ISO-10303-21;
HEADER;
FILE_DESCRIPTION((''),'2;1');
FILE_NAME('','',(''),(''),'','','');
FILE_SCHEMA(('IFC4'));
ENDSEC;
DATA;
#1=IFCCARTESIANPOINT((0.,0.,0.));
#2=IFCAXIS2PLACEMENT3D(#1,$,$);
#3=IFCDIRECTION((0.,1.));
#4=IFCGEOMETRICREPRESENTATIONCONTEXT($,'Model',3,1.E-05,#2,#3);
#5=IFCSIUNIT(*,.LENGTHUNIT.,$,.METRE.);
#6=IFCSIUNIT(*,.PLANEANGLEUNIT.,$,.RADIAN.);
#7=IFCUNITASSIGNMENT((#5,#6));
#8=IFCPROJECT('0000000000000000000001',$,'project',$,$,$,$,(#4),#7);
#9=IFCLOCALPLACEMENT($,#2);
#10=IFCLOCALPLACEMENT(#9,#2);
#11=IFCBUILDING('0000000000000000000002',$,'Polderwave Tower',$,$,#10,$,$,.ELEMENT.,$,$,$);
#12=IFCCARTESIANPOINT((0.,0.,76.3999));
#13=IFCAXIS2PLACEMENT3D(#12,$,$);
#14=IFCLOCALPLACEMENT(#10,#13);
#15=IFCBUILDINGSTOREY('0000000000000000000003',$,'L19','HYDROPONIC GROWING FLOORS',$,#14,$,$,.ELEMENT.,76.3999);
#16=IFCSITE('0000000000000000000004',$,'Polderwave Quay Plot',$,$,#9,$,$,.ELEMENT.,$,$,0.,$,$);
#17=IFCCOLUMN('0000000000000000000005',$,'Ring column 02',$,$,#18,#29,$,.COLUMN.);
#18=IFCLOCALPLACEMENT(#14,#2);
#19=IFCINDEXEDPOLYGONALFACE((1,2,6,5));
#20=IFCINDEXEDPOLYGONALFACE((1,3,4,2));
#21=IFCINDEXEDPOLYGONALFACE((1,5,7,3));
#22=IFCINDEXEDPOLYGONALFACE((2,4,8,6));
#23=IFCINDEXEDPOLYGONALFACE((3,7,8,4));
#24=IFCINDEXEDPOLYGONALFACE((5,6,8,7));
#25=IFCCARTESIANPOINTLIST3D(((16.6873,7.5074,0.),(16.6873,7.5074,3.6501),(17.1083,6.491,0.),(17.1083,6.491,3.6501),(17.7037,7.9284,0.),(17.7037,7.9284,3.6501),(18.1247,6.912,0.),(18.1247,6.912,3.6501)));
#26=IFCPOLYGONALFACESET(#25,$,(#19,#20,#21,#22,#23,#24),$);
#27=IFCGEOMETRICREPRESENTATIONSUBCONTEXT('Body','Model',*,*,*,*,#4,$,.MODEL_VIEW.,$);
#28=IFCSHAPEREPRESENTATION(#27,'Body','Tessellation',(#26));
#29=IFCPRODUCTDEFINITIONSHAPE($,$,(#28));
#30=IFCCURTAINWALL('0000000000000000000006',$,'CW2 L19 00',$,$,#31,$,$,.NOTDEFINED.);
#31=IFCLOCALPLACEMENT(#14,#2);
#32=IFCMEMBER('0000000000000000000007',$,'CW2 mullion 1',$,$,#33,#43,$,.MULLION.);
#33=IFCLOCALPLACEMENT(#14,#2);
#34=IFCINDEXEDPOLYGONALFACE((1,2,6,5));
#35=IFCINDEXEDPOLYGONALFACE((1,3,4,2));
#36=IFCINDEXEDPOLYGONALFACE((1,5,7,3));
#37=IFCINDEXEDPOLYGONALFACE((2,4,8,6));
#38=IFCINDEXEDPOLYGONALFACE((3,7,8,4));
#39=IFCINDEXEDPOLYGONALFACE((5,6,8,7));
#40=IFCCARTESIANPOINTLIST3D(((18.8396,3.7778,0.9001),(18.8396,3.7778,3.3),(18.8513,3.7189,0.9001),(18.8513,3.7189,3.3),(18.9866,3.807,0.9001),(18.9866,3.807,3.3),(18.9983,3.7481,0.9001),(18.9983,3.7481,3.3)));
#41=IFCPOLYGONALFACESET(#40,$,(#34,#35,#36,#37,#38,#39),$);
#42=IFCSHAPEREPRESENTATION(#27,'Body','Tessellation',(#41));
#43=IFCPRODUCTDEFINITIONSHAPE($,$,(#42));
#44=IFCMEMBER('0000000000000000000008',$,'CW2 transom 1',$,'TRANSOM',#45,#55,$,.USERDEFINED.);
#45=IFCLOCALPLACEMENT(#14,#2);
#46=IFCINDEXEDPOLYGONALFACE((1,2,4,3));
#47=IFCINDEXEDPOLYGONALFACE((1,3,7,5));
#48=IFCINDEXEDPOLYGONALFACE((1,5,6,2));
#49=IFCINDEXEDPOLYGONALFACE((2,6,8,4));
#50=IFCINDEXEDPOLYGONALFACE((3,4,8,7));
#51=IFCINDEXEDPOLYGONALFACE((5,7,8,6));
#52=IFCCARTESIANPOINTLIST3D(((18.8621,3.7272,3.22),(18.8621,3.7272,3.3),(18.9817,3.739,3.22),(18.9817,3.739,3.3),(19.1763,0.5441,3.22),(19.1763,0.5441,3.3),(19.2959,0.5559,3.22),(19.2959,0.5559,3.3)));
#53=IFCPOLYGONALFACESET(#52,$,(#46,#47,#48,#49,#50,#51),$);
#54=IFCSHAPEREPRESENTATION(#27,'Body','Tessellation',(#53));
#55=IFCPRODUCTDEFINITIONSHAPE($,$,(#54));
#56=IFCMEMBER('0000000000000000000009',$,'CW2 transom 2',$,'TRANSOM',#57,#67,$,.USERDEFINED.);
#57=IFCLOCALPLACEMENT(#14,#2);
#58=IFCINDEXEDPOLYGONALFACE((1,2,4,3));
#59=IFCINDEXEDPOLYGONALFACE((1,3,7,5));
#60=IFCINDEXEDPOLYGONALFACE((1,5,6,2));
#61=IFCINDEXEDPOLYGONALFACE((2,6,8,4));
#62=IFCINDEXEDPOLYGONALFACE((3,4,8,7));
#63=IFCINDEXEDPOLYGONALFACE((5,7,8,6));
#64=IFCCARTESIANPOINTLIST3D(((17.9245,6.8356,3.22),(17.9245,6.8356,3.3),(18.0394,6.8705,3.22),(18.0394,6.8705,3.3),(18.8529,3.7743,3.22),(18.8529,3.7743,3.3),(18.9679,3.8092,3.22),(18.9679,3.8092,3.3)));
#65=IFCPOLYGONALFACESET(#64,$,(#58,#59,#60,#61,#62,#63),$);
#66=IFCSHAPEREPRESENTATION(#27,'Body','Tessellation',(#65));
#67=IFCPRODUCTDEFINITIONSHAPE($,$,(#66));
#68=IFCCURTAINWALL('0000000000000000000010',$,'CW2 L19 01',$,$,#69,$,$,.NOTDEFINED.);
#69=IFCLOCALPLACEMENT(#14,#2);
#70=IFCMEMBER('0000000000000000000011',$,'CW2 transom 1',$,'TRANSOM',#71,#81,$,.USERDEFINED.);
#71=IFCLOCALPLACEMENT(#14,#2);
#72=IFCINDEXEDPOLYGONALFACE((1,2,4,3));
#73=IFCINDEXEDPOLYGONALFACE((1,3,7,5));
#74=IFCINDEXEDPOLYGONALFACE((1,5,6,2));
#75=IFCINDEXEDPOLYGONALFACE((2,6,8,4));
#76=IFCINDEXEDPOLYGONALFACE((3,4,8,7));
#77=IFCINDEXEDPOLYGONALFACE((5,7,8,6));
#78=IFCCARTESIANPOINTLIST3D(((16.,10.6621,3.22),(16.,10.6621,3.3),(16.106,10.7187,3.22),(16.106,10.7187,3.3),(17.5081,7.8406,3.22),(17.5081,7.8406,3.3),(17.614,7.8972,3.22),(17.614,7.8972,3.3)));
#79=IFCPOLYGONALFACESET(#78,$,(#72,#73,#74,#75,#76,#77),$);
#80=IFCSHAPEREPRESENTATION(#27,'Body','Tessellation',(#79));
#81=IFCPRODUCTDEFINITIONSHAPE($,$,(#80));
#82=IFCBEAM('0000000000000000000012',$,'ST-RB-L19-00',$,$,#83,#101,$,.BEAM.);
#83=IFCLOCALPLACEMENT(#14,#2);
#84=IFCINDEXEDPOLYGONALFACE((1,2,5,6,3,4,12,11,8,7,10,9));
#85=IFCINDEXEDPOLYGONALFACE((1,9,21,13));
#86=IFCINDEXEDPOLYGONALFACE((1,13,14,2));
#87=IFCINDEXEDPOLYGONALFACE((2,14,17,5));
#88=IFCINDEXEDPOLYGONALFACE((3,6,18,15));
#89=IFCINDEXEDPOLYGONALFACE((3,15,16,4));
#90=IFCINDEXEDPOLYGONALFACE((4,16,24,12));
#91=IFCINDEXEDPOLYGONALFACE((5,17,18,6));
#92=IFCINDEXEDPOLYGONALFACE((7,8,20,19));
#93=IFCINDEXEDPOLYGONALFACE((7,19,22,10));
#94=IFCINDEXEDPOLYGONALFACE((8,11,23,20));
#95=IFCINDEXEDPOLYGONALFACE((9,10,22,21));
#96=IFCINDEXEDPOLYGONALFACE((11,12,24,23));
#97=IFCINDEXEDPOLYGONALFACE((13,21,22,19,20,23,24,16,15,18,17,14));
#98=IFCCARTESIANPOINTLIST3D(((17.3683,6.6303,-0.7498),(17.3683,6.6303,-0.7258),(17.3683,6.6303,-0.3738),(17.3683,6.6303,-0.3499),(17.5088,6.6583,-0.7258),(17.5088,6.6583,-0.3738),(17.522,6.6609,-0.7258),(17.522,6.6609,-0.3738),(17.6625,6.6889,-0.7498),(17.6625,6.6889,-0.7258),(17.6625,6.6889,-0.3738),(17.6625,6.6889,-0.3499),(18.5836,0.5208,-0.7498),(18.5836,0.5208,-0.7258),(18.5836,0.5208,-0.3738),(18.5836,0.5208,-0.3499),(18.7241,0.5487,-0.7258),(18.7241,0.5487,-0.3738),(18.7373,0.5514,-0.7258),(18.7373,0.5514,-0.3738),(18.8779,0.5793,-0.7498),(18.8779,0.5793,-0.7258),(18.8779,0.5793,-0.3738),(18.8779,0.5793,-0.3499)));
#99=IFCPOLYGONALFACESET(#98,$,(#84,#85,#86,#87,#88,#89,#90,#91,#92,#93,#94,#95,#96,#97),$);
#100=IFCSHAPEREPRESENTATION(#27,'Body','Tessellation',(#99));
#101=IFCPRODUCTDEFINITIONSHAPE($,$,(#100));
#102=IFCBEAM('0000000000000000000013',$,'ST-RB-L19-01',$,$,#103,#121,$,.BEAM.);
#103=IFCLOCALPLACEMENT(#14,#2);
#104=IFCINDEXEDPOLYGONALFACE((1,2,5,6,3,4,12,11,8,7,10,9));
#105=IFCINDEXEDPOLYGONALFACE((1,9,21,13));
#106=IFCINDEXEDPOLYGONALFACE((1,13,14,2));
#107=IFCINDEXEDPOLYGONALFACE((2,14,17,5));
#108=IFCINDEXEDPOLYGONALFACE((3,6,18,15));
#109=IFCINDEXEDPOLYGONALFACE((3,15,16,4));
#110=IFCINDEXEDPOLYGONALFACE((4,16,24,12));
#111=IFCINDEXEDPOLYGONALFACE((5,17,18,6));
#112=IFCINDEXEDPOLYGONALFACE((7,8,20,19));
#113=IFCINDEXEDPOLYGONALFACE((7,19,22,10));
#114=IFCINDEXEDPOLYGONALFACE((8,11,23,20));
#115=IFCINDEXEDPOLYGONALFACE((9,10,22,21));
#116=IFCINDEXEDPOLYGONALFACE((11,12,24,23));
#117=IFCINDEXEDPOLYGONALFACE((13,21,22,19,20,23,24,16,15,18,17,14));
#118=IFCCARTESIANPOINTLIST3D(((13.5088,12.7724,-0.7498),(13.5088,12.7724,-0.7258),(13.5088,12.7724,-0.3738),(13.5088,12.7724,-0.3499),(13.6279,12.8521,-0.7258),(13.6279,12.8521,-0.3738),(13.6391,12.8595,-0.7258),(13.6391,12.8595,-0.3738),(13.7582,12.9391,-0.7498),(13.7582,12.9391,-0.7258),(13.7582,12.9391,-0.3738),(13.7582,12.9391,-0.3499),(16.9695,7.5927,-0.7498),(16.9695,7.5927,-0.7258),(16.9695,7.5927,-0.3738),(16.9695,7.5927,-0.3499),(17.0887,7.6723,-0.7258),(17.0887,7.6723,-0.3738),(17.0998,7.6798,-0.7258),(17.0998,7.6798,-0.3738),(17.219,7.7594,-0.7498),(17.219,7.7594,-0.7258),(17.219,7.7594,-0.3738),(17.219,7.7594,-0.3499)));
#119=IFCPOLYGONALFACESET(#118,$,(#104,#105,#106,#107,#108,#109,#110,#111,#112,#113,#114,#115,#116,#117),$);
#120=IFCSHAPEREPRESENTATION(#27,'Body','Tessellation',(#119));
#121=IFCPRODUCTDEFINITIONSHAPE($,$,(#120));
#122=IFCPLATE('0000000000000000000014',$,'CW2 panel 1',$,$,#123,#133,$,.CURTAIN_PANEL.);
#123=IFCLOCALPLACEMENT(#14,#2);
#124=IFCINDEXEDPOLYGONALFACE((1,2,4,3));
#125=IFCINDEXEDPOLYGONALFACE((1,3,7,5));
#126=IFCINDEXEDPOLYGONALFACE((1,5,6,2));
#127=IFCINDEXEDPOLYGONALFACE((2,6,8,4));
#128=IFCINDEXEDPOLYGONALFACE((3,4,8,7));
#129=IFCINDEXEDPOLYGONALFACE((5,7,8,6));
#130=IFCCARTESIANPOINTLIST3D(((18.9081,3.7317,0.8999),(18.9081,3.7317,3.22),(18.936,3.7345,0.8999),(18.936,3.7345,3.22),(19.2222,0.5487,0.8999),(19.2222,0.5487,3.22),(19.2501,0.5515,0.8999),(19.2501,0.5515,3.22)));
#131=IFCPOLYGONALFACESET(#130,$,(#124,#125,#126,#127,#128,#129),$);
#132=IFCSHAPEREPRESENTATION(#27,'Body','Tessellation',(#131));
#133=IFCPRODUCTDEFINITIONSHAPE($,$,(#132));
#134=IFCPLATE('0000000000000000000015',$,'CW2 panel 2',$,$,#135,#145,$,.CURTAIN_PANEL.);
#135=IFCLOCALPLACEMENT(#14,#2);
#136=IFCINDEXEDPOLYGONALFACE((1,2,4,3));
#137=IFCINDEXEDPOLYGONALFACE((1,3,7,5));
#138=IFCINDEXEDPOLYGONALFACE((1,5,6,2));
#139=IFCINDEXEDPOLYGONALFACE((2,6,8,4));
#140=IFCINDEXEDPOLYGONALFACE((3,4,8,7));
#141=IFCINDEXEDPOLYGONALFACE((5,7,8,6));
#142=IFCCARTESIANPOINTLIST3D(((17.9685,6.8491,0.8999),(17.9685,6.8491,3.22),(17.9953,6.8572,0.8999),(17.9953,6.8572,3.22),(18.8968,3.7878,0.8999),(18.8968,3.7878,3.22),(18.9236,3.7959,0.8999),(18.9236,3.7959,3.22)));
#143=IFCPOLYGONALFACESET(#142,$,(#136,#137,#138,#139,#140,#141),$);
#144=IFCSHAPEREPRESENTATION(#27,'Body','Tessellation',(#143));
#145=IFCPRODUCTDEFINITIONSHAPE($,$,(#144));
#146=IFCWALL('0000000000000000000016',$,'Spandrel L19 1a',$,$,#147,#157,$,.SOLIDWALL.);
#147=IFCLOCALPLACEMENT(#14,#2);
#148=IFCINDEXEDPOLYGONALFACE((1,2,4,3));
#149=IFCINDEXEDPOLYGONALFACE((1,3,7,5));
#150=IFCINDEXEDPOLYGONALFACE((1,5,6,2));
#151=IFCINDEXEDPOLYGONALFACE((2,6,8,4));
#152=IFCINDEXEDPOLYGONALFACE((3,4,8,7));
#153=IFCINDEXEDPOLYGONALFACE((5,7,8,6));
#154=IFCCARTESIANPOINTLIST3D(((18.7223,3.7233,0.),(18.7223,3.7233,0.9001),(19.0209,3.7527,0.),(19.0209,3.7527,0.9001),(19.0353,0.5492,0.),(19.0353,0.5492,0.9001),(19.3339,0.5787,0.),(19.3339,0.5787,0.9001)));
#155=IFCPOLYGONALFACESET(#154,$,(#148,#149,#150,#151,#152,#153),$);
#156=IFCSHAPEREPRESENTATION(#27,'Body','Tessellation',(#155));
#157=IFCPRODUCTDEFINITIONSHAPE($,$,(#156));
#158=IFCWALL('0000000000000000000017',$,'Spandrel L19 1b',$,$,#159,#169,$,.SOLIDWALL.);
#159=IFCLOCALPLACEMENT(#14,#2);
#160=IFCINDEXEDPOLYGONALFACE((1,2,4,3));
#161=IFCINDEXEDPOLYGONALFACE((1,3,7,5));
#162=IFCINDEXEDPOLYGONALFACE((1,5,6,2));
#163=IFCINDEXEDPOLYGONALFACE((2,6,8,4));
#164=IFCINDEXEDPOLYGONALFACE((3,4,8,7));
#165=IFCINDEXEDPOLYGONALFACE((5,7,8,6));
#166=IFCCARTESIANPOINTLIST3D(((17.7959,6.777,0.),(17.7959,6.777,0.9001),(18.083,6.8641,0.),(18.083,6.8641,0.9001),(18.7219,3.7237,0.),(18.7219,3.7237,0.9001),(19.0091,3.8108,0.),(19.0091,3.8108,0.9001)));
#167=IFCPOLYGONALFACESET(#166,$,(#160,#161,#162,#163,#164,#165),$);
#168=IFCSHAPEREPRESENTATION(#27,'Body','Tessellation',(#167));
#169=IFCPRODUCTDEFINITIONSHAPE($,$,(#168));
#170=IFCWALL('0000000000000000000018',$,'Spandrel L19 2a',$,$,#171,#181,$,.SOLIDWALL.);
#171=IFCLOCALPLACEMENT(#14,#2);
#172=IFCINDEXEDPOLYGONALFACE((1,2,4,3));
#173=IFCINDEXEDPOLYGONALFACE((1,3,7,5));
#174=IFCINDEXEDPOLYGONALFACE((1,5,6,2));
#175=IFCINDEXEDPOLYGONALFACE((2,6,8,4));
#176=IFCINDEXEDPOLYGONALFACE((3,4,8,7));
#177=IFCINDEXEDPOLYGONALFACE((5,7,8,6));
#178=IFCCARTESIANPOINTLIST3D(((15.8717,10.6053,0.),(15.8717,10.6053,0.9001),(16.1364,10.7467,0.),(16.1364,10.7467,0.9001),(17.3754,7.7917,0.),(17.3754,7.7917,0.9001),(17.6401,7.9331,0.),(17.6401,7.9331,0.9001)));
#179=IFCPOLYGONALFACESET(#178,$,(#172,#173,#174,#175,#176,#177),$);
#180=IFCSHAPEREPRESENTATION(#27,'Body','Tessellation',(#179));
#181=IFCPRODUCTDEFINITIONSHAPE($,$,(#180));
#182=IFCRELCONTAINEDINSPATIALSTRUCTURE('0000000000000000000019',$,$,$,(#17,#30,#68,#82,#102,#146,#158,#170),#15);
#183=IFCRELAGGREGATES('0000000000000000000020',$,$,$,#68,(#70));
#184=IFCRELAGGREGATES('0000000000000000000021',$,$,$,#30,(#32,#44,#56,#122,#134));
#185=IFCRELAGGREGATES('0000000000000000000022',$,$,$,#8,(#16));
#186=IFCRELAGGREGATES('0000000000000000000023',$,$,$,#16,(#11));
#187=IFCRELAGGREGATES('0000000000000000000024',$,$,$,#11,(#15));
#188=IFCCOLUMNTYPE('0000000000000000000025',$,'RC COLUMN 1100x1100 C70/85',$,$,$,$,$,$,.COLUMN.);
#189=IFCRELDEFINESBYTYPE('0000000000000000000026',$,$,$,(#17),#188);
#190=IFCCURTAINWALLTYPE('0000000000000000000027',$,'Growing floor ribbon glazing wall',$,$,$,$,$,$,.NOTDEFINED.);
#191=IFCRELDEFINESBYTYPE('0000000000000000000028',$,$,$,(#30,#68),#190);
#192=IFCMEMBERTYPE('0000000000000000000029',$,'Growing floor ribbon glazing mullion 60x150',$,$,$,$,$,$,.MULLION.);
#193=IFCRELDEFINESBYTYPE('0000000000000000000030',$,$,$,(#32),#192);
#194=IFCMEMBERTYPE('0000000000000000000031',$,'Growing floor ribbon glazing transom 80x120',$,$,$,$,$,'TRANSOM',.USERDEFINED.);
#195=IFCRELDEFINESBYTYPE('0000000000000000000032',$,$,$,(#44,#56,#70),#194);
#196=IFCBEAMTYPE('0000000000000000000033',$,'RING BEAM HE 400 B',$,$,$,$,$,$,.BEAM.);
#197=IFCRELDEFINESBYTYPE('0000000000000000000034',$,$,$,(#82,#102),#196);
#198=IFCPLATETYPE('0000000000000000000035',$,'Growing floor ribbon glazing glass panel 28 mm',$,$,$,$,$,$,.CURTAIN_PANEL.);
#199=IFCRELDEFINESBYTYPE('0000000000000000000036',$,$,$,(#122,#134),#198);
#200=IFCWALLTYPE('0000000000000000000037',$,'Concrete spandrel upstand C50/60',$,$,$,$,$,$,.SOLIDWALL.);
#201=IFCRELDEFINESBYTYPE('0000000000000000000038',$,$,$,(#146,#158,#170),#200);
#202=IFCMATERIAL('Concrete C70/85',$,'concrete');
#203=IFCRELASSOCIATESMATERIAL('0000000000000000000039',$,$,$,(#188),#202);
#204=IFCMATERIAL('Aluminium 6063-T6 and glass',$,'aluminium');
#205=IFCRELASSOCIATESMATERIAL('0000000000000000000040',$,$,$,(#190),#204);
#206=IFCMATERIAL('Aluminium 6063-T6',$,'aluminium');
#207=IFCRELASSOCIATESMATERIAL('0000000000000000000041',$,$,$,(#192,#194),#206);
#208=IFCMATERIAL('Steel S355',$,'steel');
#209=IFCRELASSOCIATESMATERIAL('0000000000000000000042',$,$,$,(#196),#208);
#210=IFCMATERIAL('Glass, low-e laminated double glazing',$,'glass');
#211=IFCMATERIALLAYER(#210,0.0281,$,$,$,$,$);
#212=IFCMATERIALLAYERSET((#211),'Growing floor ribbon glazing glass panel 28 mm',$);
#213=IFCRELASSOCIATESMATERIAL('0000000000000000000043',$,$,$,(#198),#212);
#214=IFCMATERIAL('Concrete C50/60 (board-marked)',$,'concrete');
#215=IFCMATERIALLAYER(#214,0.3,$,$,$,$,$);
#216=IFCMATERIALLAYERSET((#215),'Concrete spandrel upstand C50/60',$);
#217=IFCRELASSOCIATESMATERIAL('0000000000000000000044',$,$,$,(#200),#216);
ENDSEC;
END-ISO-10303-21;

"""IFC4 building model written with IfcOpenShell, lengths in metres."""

from ifc_helpers import new_model, si_unit, direction, frame, frame_2d, origin, origin_2d, place, context, subcontext, project, spatial, rectangle, i_section, extrude, material, layer, layer_set, material_profile, profile_set, type_object, element, aggregate, save


model = new_model("IFC4")

# Units and contexts
model_context = context("Model", 3, precision=1e-05, world=origin(), true_north=direction((0.0, 1.0)))
body_context = subcontext(model_context, "Body", "Model", "MODEL_VIEW")
ifc_project = project(units=[si_unit("LENGTHUNIT", "METRE"), si_unit("PLANEANGLEUNIT", "RADIAN")], contexts=[model_context])

# Site, building, storey
site_placement = place(None, origin())
site = spatial("IfcSite", under=ifc_project, at=site_placement, Name="Polderwave Quay Plot", CompositionType="ELEMENT", RefElevation=0.0)
building_placement = place(site_placement, origin())
building = spatial("IfcBuilding", under=site, at=building_placement, Name="Polderwave Tower", CompositionType="ELEMENT")
storey_placement = place(building_placement, frame((0.0, 0.0, 76.3999)))
storey = spatial("IfcBuildingStorey", under=building, at=storey_placement, Name="L19", Description="HYDROPONIC GROWING FLOORS", CompositionType="ELEMENT", Elevation=76.3999)

# Column
ifc_material_1 = material(Name="Concrete C70/85", Category="concrete")
ifc_material_profile_1 = material_profile(ifc_material_1, rectangle(XDim=1.1001, YDim=1.1001, at=origin_2d()), Name="RC 1100x1100")
ifc_profile_set_1 = profile_set([ifc_material_profile_1], Name="Concrete C70/85")
column_type = type_object("IfcColumnType", Name="RC COLUMN 1100x1100 C70/85", PredefinedType="COLUMN", material=ifc_profile_set_1)
column_placement = place(storey_placement, frame((17.406, 7.2097, 0.0), z_axis=(0.0, 0.0, 1.0), x_axis=(0.92388, 0.382683, 0.0)))
element("IfcColumn", 1, at=column_placement, inside=storey, type_object=column_type, Name="Ring column 02", PredefinedType="COLUMN", context=body_context, shape_type="SweptSolid", body=[
    extrude(rectangle(XDim=1.1001, YDim=1.1001, at=origin_2d()), origin(), (0.0, 0.0, 1.0), 3.6501),
])

# Curtain wall, members
ifc_material_2 = material(Name="Aluminium 6063-T6 and glass", Category="aluminium")
curtain_wall_type = type_object("IfcCurtainWallType", Name="Growing floor ribbon glazing wall", PredefinedType="NOTDEFINED", material=ifc_material_2)
curtain_wall_1_placement = place(storey_placement, origin())
curtain_wall_1 = element("IfcCurtainWall", 2, at=curtain_wall_1_placement, inside=storey, type_object=curtain_wall_type, Name="CW2 L19 00", PredefinedType="NOTDEFINED")
ifc_material_3 = material(Name="Aluminium 6063-T6", Category="aluminium")
ifc_material_profile_2 = material_profile(ifc_material_3, rectangle(XDim=0.1499, YDim=0.0601, at=origin_2d()), Name="AL 60x150")
ifc_profile_set_2 = profile_set([ifc_material_profile_2], Name="Aluminium 6063-T6")
member_type_1 = type_object("IfcMemberType", Name="Growing floor ribbon glazing mullion 60x150", PredefinedType="MULLION", material=ifc_profile_set_2)
member_1_placement = place(storey_placement, frame((18.9189, 3.7629, 0.9001), z_axis=(0.0, 0.0, 1.0), x_axis=(-0.980779, -0.195123, 0.0)))
member_1 = element("IfcMember", 3, at=member_1_placement, type_object=member_type_1, Name="CW2 mullion 1", PredefinedType="MULLION", context=body_context, shape_type="SweptSolid", body=[
    extrude(rectangle(XDim=0.1499, YDim=0.0601, at=origin_2d()), origin(), (0.0, 0.0, 1.0), 2.3999),
])
ifc_material_profile_3 = material_profile(ifc_material_3, rectangle(XDim=0.1201, YDim=0.0801, at=origin_2d()), Name="AL 80x120")
ifc_profile_set_3 = profile_set([ifc_material_profile_3], Name="Aluminium 6063-T6")
member_type_2 = type_object("IfcMemberType", Name="Growing floor ribbon glazing transom 80x120", ElementType="TRANSOM", PredefinedType="USERDEFINED", material=ifc_profile_set_3)
member_2_placement = place(storey_placement, frame((19.2361, 0.55, 3.26), z_axis=(-0.098234, 0.995163, 0.0), x_axis=(-0.995163, -0.098234, 0.0)))
member_2 = element("IfcMember", 4, at=member_2_placement, type_object=member_type_2, Name="CW2 transom 1", ObjectType="TRANSOM", PredefinedType="USERDEFINED", context=body_context, shape_type="SweptSolid", body=[
    extrude(rectangle(XDim=0.1201, YDim=0.0801, at=origin_2d()), origin(), (0.0, 0.0, 1.0), 3.1985),
])
member_3_placement = place(storey_placement, frame((18.9104, 3.7917, 3.26), z_axis=(-0.290238, 0.956954, 0.0), x_axis=(-0.956954, -0.290238, 0.0)))
member_3 = element("IfcMember", 5, at=member_3_placement, type_object=member_type_2, Name="CW2 transom 2", ObjectType="TRANSOM", PredefinedType="USERDEFINED", context=body_context, shape_type="SweptSolid", body=[
    extrude(rectangle(XDim=0.1201, YDim=0.0801, at=origin_2d()), origin(), (0.0, 0.0, 1.0), 3.199),
])

# Curtain wall, member
curtain_wall_2_placement = place(storey_placement, origin())
curtain_wall_2 = element("IfcCurtainWall", 6, at=curtain_wall_2_placement, inside=storey, type_object=curtain_wall_type, Name="CW2 L19 01", PredefinedType="NOTDEFINED")
member_4_placement = place(storey_placement, frame((17.561, 7.8689, 3.26), z_axis=(-0.471376, 0.881932, 0.0), x_axis=(-0.881932, -0.471376, 0.0)))
member_4 = element("IfcMember", 7, at=member_4_placement, type_object=member_type_2, Name="CW2 transom 1", ObjectType="TRANSOM", PredefinedType="USERDEFINED", context=body_context, shape_type="SweptSolid", body=[
    extrude(rectangle(XDim=0.1201, YDim=0.0801, at=origin_2d()), origin(), (0.0, 0.0, 1.0), 3.1992),
])
aggregate(curtain_wall_2, [member_4])

# Beams
ifc_material_4 = material(Name="Steel S355", Category="steel")
ifc_material_profile_4 = material_profile(ifc_material_4, i_section(OverallWidth=0.3, OverallDepth=0.3999, WebThickness=0.0134, FlangeThickness=0.0239, at=origin_2d()), Name="HE 400 B")
ifc_profile_set_4 = profile_set([ifc_material_profile_4], Name="Steel S355")
beam_type = type_object("IfcBeamType", Name="RING BEAM HE 400 B", PredefinedType="BEAM", material=ifc_profile_set_4)
beam_1_placement = place(storey_placement, frame((18.7307, 0.55, -0.5498), z_axis=(-0.195099, 0.980784, 0.0), x_axis=(-0.980784, -0.195099, 0.0)))
element("IfcBeam", 8, at=beam_1_placement, inside=storey, type_object=beam_type, Name="ST-RB-L19-00", PredefinedType="BEAM", context=body_context, shape_type="SweptSolid", body=[
    extrude(i_section(OverallWidth=0.3, OverallDepth=0.3999, WebThickness=0.0134, FlangeThickness=0.0239, at=origin_2d()), origin(), (0.0, 0.0, 1.0), 6.2292),
])
beam_2_placement = place(storey_placement, frame((17.0942, 7.676, -0.5498), z_axis=(-0.555541, 0.831489, 0.0), x_axis=(-0.831489, -0.555541, 0.0)))
element("IfcBeam", 9, at=beam_2_placement, inside=storey, type_object=beam_type, Name="ST-RB-L19-01", PredefinedType="BEAM", context=body_context, shape_type="SweptSolid", body=[
    extrude(i_section(OverallWidth=0.3, OverallDepth=0.3999, WebThickness=0.0134, FlangeThickness=0.0239, at=origin_2d()), origin(), (0.0, 0.0, 1.0), 6.2295),
])

# Plates
ifc_material_5 = material(Name="Glass, low-e laminated double glazing", Category="glass")
ifc_layer_1 = layer(ifc_material_5, 0.0281)
ifc_layer_set_1 = layer_set([ifc_layer_1], Name="Growing floor ribbon glazing glass panel 28 mm")
plate_type = type_object("IfcPlateType", Name="Growing floor ribbon glazing glass panel 28 mm", PredefinedType="CURTAIN_PANEL", material=ifc_layer_set_1)
plate_1_placement = place(storey_placement, frame((19.0791, 2.1416, 0.8999), z_axis=(0.0, 0.0, 1.0), x_axis=(-0.098186, 0.995168, 0.0)))
plate_1 = element("IfcPlate", 10, at=plate_1_placement, type_object=plate_type, Name="CW2 panel 1", PredefinedType="CURTAIN_PANEL", context=body_context, shape_type="SweptSolid", body=[
    extrude(rectangle(XDim=3.1985, YDim=0.0281, at=origin_2d()), origin(), (0.0, 0.0, 1.0), 2.3201),
])
plate_2_placement = place(storey_placement, frame((18.446, 5.3225, 0.8999), z_axis=(0.0, 0.0, 1.0), x_axis=(-0.290188, 0.95697, 0.0)))
plate_2 = element("IfcPlate", 11, at=plate_2_placement, type_object=plate_type, Name="CW2 panel 2", PredefinedType="CURTAIN_PANEL", context=body_context, shape_type="SweptSolid", body=[
    extrude(rectangle(XDim=3.199, YDim=0.0281, at=origin_2d()), origin(), (0.0, 0.0, 1.0), 2.3201),
])
aggregate(curtain_wall_1, [member_1, member_2, member_3, plate_1, plate_2])

# Walls
ifc_material_6 = material(Name="Concrete C50/60 (board-marked)", Category="concrete")
ifc_layer_2 = layer(ifc_material_6, 0.3)
ifc_layer_set_2 = layer_set([ifc_layer_2], Name="Concrete spandrel upstand C50/60")
wall_type_1 = type_object("IfcWallType", Name="Concrete spandrel upstand C50/60", PredefinedType="SOLIDWALL", material=ifc_layer_set_2)
wall_1_placement = place(storey_placement, frame((19.1846, 0.564, 0.0), z_axis=(0.0, 0.0, 1.0), x_axis=(-0.098132, 0.995173, 0.0)))
element("IfcWall", 12, at=wall_1_placement, inside=storey, type_object=wall_type_1, Name="Spandrel L19 1a", PredefinedType="SOLIDWALL", context=body_context, shape_type="SweptSolid", body=[
    extrude(rectangle(XDim=3.1895, YDim=0.3, at=frame_2d((1.5947, 0.0))), origin(), (0.0, 0.0, 1.0), 0.9001),
])
wall_2_placement = place(storey_placement, frame((18.8655, 3.7673, 0.0), z_axis=(0.0, 0.0, 1.0), x_axis=(-0.290239, 0.956954, 0.0)))
element("IfcWall", 13, at=wall_2_placement, inside=storey, type_object=wall_type_1, Name="Spandrel L19 1b", PredefinedType="SOLIDWALL", context=body_context, shape_type="SweptSolid", body=[
    extrude(rectangle(XDim=3.1907, YDim=0.3, at=frame_2d((1.5952, 0.0))), origin(), (0.0, 0.0, 1.0), 0.9001),
])
wall_3_placement = place(storey_placement, frame((17.5078, 7.8623, 0.0), z_axis=(0.0, 0.0, 1.0), x_axis=(-0.471355, 0.881944, 0.0)))
element("IfcWall", 14, at=wall_3_placement, inside=storey, type_object=wall_type_1, Name="Spandrel L19 2a", PredefinedType="SOLIDWALL", context=body_context, shape_type="SweptSolid", body=[
    extrude(rectangle(XDim=3.1902, YDim=0.3, at=frame_2d((1.5952, 0.0))), origin(), (0.0, 0.0, 1.0), 0.9001),
])

save(model, "model.ifc")
